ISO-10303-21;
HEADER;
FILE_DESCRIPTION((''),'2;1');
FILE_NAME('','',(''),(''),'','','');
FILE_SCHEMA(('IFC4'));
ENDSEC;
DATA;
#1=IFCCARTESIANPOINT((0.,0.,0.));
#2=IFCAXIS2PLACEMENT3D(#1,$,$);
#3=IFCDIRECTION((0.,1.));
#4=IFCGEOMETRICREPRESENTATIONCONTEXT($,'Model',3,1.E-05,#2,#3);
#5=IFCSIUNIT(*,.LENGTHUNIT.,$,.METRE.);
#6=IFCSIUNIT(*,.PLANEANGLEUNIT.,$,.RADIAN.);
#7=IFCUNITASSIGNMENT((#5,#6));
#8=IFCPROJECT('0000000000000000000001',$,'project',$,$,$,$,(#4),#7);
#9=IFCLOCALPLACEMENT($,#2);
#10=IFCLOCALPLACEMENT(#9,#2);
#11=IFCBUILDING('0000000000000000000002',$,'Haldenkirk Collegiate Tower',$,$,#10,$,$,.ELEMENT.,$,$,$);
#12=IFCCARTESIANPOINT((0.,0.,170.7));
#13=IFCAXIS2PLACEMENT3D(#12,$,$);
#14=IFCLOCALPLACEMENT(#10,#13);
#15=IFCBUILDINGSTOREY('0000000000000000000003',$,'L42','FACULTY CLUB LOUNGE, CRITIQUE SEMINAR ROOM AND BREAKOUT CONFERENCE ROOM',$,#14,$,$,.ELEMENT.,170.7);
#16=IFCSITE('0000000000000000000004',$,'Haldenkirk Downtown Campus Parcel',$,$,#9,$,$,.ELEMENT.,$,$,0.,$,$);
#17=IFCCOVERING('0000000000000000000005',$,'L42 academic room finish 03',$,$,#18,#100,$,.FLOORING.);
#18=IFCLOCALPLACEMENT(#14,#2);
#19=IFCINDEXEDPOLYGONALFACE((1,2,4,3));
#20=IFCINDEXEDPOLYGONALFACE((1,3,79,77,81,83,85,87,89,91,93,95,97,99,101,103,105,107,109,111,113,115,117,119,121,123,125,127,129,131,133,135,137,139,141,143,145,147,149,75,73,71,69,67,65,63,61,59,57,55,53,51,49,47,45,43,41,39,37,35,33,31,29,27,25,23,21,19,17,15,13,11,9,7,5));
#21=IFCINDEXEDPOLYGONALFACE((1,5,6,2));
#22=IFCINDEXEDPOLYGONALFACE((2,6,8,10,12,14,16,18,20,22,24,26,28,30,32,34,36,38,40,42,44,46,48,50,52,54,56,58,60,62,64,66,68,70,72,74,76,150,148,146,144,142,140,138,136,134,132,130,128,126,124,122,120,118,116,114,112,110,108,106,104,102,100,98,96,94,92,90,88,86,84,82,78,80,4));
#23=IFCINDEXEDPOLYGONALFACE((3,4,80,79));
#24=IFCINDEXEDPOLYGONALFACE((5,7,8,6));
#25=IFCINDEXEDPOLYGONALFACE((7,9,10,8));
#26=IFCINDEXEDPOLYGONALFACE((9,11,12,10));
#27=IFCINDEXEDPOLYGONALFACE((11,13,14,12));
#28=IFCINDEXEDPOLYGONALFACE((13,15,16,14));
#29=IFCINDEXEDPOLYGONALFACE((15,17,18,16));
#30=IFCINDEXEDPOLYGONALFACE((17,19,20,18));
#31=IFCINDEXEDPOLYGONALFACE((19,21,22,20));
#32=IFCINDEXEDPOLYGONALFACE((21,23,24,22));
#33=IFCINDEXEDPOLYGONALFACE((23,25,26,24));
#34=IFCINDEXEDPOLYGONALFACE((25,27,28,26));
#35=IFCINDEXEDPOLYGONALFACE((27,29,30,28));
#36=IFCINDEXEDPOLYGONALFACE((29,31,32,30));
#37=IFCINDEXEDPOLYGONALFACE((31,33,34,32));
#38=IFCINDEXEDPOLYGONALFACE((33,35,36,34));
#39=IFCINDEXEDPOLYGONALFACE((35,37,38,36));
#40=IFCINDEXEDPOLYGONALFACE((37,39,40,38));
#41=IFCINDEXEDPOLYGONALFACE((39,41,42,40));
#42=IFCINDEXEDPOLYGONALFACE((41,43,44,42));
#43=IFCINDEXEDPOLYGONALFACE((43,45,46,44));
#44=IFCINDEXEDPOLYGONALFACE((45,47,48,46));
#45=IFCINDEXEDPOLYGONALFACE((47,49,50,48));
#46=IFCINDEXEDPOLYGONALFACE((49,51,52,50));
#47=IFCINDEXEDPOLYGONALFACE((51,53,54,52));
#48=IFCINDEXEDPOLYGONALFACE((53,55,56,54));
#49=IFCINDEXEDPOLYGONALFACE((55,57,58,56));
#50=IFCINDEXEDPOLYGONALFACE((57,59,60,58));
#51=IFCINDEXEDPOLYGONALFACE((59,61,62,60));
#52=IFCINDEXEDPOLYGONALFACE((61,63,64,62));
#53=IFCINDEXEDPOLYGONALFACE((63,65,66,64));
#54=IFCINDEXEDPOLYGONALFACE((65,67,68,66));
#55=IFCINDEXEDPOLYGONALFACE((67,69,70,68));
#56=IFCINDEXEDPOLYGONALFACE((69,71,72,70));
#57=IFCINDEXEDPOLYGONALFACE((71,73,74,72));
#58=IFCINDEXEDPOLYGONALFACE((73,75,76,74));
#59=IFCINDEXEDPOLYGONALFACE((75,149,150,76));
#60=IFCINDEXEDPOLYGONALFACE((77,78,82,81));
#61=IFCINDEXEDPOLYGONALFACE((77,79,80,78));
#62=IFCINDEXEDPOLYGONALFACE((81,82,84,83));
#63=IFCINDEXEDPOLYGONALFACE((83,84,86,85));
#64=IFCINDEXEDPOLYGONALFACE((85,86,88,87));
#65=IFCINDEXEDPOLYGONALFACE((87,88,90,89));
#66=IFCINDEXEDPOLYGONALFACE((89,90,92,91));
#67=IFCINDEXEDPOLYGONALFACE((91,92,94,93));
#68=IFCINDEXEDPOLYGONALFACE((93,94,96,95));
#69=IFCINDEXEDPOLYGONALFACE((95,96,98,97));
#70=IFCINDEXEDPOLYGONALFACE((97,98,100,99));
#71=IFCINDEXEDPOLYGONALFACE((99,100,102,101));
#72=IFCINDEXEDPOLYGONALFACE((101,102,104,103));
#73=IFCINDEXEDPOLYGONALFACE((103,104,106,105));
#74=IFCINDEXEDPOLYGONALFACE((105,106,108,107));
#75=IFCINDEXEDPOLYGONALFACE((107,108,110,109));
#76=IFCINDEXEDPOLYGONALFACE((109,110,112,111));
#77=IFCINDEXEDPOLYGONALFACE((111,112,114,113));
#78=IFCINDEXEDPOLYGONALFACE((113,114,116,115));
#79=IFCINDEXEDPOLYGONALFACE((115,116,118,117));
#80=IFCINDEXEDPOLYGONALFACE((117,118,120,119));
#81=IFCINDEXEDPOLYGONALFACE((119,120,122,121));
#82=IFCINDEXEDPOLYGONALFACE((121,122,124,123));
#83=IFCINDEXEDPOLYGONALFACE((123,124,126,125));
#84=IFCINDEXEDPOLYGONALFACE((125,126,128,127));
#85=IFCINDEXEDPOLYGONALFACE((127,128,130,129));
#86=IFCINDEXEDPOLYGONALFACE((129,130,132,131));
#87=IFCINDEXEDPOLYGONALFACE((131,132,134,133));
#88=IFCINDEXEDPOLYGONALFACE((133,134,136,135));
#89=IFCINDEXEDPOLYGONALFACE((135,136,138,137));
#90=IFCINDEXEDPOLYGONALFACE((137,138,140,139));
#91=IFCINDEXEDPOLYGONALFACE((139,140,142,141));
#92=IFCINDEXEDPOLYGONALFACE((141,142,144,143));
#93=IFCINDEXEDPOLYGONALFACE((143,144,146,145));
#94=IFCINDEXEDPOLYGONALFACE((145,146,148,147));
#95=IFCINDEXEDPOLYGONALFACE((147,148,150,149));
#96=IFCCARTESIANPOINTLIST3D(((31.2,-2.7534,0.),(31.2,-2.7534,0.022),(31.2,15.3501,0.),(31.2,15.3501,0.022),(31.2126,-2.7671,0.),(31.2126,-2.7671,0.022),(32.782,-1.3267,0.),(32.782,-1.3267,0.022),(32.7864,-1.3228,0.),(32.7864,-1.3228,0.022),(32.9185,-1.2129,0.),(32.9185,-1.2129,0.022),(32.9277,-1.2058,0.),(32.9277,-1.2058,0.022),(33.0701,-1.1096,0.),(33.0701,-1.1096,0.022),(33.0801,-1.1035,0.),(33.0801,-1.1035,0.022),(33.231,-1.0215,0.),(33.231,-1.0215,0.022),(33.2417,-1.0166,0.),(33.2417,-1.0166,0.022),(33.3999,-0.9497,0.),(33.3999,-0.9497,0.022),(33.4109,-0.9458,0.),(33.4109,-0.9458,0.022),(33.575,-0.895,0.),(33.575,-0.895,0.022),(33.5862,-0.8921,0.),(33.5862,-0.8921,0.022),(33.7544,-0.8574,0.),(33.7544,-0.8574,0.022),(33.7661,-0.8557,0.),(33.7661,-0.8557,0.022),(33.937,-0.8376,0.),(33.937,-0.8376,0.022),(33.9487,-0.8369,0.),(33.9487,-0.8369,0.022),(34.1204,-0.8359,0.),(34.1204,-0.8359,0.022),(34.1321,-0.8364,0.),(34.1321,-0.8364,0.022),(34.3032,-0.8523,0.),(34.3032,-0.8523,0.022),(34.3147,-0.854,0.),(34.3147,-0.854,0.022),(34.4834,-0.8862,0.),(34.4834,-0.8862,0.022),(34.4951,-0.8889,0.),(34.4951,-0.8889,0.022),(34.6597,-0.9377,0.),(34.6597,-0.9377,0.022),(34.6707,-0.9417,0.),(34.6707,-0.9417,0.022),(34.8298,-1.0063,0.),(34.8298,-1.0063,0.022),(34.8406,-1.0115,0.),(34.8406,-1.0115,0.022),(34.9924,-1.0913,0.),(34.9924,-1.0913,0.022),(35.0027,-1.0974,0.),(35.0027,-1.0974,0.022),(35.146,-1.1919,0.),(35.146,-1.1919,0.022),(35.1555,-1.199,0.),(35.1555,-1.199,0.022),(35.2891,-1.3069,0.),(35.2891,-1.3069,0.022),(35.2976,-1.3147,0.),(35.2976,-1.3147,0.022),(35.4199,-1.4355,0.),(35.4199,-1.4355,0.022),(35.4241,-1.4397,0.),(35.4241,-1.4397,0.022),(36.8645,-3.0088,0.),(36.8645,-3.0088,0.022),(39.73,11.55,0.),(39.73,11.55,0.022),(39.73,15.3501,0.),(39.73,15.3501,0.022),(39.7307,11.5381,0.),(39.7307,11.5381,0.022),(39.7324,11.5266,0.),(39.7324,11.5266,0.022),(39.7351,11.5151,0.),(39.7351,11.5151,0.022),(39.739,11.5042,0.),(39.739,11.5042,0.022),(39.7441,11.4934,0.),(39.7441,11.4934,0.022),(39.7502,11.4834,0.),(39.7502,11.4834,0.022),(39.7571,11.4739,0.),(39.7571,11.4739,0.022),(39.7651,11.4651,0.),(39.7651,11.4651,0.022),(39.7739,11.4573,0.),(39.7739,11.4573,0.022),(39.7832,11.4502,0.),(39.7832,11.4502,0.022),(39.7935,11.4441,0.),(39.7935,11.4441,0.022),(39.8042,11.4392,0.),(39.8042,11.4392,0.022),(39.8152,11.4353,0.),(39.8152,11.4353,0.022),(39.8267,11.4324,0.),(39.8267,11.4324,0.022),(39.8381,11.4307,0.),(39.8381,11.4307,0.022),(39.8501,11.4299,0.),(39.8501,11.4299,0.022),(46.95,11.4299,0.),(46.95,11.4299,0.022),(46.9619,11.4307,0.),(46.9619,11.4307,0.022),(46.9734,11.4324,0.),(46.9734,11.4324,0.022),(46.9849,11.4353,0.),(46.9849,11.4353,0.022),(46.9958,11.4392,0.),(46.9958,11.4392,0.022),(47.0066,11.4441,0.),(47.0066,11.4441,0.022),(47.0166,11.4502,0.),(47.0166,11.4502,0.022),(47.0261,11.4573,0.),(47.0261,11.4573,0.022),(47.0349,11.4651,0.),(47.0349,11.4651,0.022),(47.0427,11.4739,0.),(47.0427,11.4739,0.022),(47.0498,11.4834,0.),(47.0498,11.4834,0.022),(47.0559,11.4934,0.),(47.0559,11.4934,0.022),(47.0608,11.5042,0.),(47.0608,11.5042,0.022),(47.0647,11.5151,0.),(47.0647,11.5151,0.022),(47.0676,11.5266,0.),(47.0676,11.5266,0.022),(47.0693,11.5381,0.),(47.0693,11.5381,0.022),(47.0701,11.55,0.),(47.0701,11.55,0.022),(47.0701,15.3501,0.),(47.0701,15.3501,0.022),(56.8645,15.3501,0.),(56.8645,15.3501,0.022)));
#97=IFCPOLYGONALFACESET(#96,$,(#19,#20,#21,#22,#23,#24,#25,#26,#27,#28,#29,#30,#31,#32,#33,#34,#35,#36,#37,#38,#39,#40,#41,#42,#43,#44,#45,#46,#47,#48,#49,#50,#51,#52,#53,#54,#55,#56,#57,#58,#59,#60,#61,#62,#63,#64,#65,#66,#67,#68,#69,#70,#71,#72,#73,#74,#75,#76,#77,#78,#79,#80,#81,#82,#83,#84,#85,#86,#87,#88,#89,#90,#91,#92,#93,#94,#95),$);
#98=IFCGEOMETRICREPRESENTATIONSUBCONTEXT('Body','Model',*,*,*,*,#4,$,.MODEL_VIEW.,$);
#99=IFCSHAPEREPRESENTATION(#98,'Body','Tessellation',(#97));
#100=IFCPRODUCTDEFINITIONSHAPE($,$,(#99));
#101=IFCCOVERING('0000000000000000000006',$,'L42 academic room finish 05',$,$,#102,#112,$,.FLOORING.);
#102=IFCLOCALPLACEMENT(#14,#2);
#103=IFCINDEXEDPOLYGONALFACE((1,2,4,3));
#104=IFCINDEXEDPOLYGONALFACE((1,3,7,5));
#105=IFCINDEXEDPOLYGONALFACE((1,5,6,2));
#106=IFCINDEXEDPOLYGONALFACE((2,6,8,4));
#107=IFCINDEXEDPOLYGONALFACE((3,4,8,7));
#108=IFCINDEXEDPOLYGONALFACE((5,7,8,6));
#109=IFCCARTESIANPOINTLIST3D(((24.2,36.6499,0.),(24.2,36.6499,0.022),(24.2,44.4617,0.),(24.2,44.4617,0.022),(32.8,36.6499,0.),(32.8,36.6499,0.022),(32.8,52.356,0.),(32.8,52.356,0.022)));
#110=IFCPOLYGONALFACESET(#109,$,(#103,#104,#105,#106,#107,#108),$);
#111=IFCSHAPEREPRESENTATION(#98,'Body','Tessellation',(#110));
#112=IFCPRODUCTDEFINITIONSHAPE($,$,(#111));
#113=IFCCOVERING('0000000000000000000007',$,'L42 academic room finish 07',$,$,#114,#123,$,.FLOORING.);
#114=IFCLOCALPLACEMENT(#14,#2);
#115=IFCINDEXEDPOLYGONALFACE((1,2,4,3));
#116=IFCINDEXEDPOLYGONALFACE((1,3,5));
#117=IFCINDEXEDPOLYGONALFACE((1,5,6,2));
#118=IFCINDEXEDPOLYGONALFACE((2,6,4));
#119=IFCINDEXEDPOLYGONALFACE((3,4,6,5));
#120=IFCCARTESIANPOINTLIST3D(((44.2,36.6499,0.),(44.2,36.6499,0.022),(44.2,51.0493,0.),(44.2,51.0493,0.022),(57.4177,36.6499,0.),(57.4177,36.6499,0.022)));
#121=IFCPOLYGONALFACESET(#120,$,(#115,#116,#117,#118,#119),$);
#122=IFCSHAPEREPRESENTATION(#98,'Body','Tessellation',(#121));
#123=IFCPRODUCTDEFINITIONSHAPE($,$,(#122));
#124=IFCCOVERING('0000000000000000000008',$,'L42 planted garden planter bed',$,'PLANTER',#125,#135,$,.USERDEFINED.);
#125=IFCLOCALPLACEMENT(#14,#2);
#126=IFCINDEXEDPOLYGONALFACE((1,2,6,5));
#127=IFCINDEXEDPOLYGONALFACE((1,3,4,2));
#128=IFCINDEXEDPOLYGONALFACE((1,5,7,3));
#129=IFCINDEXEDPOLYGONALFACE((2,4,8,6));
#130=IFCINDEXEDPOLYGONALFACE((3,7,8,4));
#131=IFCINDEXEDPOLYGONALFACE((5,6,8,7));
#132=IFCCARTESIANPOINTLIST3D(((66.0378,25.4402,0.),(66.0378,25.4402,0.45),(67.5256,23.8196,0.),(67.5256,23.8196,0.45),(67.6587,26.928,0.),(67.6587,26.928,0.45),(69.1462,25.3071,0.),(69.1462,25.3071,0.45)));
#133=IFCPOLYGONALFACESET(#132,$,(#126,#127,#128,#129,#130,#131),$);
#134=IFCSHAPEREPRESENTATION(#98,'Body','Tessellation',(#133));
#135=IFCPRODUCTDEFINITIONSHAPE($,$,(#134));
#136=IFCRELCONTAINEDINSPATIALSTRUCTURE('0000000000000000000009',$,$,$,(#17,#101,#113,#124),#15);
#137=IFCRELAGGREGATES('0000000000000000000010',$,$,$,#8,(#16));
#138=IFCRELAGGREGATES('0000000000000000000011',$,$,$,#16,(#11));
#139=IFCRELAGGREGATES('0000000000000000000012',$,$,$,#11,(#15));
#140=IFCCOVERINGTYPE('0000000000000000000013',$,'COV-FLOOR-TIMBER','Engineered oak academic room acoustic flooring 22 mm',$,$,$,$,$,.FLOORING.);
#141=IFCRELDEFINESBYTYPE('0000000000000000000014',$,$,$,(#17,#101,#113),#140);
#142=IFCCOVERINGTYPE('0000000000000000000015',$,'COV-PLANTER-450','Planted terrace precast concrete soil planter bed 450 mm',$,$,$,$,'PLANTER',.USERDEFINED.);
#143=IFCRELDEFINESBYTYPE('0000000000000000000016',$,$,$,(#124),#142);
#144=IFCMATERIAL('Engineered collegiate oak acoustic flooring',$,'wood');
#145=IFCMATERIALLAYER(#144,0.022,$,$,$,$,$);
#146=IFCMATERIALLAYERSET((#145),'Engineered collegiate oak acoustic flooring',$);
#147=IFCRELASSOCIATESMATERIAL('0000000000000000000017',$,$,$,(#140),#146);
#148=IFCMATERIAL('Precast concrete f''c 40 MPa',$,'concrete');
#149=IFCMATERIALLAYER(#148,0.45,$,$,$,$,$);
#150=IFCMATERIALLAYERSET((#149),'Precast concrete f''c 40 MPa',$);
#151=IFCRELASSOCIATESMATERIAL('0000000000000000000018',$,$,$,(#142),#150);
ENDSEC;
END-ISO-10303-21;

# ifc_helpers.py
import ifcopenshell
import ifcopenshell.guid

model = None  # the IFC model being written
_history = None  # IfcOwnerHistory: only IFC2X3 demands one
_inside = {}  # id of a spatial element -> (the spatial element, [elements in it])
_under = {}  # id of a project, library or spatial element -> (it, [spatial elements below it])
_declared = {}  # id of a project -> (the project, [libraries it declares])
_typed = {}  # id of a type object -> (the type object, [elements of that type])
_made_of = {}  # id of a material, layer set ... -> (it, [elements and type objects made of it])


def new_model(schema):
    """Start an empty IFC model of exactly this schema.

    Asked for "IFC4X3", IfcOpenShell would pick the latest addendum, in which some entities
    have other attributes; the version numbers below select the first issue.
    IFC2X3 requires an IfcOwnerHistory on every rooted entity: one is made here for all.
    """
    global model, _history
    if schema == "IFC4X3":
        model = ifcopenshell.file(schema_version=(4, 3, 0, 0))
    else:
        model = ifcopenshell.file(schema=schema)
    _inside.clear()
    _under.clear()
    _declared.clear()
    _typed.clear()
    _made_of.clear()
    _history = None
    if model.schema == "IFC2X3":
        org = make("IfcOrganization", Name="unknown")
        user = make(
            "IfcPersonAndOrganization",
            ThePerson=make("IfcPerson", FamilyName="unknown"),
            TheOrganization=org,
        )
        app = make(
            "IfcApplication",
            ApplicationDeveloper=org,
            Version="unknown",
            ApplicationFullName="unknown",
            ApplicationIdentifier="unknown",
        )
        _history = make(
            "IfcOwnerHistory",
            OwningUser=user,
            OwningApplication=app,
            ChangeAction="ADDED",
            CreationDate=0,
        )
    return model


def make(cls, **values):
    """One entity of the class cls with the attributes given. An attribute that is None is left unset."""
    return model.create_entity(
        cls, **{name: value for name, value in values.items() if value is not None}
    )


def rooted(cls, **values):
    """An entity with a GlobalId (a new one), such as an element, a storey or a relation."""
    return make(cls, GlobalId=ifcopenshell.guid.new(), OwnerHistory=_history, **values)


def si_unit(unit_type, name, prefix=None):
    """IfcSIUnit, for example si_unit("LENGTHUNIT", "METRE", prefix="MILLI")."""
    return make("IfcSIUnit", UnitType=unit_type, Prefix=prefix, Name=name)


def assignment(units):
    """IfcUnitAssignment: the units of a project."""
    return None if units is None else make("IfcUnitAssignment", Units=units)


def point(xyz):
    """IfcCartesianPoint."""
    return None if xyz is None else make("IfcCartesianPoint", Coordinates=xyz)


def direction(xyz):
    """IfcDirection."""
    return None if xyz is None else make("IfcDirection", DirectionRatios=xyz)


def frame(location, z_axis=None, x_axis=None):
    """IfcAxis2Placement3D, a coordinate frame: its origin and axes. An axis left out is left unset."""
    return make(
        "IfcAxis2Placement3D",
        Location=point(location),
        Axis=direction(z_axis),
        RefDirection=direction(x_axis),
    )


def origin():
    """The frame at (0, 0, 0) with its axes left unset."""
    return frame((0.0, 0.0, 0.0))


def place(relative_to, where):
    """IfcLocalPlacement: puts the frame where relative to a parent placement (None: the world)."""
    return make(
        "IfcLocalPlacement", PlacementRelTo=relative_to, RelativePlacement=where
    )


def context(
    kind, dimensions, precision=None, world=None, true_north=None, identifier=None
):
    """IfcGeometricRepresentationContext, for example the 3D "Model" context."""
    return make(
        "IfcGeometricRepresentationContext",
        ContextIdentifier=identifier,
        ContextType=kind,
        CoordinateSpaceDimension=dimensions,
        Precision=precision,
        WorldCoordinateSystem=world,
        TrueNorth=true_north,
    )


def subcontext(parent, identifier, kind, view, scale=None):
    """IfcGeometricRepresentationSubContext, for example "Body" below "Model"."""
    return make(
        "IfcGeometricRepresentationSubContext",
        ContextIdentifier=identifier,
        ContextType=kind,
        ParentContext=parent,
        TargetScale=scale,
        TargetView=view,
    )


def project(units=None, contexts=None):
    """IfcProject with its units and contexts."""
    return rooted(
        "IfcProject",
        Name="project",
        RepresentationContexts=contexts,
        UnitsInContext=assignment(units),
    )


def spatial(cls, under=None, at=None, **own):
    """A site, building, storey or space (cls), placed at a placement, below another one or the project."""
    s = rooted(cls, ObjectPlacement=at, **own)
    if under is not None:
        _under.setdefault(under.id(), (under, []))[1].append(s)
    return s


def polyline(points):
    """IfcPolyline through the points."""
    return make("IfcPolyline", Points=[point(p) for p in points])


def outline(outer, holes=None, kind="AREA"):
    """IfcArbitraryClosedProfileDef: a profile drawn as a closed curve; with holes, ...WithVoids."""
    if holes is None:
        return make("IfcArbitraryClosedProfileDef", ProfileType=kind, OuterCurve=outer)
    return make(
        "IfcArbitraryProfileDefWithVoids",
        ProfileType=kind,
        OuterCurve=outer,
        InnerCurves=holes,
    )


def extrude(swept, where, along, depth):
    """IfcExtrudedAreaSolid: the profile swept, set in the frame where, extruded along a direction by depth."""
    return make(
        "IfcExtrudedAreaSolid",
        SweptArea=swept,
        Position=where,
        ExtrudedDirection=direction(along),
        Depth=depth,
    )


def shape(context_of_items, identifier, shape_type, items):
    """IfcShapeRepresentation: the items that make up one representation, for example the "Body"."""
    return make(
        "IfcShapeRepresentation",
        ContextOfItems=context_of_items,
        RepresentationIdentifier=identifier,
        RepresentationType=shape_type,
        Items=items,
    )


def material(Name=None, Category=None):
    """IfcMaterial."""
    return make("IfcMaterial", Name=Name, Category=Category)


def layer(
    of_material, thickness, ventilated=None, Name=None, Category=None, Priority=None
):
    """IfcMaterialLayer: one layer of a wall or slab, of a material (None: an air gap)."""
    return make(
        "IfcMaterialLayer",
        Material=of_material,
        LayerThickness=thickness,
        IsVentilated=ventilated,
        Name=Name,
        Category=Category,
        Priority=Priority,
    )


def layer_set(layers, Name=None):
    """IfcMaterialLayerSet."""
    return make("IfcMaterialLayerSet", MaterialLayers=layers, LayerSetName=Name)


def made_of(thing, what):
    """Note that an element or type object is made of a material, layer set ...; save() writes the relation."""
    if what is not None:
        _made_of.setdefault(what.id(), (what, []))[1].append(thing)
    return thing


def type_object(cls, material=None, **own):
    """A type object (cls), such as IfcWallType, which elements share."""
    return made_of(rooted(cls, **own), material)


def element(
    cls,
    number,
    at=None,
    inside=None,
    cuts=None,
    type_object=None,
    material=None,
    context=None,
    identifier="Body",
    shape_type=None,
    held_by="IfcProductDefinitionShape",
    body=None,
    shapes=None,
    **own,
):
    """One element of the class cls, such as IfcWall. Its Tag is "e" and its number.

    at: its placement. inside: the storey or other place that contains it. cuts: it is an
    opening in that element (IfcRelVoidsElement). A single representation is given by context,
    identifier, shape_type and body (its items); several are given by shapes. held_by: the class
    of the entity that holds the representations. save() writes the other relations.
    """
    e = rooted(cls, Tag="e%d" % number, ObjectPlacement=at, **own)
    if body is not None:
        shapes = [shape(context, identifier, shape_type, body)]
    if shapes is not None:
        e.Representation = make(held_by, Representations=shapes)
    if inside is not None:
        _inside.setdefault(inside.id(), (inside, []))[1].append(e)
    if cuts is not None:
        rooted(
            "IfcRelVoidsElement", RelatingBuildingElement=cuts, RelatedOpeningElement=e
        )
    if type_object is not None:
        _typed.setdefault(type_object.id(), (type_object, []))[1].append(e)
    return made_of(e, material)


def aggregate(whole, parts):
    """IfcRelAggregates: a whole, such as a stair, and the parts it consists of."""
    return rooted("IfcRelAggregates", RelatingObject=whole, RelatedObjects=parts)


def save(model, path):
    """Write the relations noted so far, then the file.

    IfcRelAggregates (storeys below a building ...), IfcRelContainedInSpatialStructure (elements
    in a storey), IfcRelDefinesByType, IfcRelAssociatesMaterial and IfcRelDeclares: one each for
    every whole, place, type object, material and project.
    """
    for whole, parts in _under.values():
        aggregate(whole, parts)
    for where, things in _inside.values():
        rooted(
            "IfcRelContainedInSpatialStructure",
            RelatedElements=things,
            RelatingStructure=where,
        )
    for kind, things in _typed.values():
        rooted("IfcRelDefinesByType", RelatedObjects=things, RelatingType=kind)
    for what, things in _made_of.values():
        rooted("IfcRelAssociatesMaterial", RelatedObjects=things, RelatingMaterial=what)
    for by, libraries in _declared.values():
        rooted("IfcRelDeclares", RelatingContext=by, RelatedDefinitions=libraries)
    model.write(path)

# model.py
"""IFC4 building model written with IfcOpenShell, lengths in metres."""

from ifc_helpers import new_model, si_unit, direction, frame, origin, place, context, subcontext, project, spatial, polyline, outline, extrude, material, layer, layer_set, type_object, element, save


model = new_model("IFC4")

# Units and contexts
model_context = context("Model", 3, precision=1e-05, world=origin(), true_north=direction((0.0, 1.0)))
body_context = subcontext(model_context, "Body", "Model", "MODEL_VIEW")
ifc_project = project(units=[si_unit("LENGTHUNIT", "METRE"), si_unit("PLANEANGLEUNIT", "RADIAN")], contexts=[model_context])

# Site, building, storey
site_placement = place(None, origin())
site = spatial("IfcSite", under=ifc_project, at=site_placement, Name="Haldenkirk Downtown Campus Parcel", CompositionType="ELEMENT", RefElevation=0.0)
building_placement = place(site_placement, origin())
building = spatial("IfcBuilding", under=site, at=building_placement, Name="Haldenkirk Collegiate Tower", CompositionType="ELEMENT")
storey_placement = place(building_placement, frame((0.0, 0.0, 170.7)))
storey = spatial("IfcBuildingStorey", under=building, at=storey_placement, Name="L42", Description="FACULTY CLUB LOUNGE, CRITIQUE SEMINAR ROOM AND BREAKOUT CONFERENCE ROOM", CompositionType="ELEMENT", Elevation=170.7)

# Coverings
ifc_material_1 = material(Name="Engineered collegiate oak acoustic flooring", Category="wood")
ifc_layer_1 = layer(ifc_material_1, 0.022)
ifc_layer_set_1 = layer_set([ifc_layer_1], Name="Engineered collegiate oak acoustic flooring")
covering_type_1 = type_object("IfcCoveringType", Name="COV-FLOOR-TIMBER", Description="Engineered oak academic room acoustic flooring 22 mm", PredefinedType="FLOORING", material=ifc_layer_set_1)
covering_1_placement = place(storey_placement, origin())
element("IfcCovering", 1, at=covering_1_placement, inside=storey, type_object=covering_type_1, Name="L42 academic room finish 03", PredefinedType="FLOORING", context=body_context, shape_type="SweptSolid", body=[
    extrude(outline(polyline([(34.8406, -1.0115), (34.8298, -1.0063), (34.6707, -0.9417), (34.6597, -0.9377), (34.4951, -0.8889), (34.4834, -0.8862), (34.3147, -0.854), (34.3032, -0.8523), (34.1321, -0.8364), (34.1204, -0.8359), (33.9487, -0.8369), (33.937, -0.8376), (33.7661, -0.8557), (33.7544, -0.8574), (33.5862, -0.8921), (33.575, -0.895), (33.4109, -0.9458), (33.3999, -0.9497), (33.2417, -1.0166), (33.231, -1.0215), (33.0801, -1.1035), (33.0701, -1.1096), (32.9277, -1.2058), (32.9185, -1.2129), (32.7864, -1.3228), (32.782, -1.3267), (31.2126, -2.7671), (31.2, -2.7534), (31.2, 15.3501), (39.73, 15.3501), (39.73, 11.55), (39.7307, 11.5381), (39.7324, 11.5266), (39.7351, 11.5151), (39.739, 11.5042), (39.7441, 11.4934), (39.7502, 11.4834), (39.7571, 11.4739), (39.7651, 11.4651), (39.7739, 11.4573), (39.7832, 11.4502), (39.7935, 11.4441), (39.8042, 11.4392), (39.8152, 11.4353), (39.8267, 11.4324), (39.8381, 11.4307), (39.8501, 11.4299), (46.95, 11.4299), (46.9619, 11.4307), (46.9734, 11.4324), (46.9849, 11.4353), (46.9958, 11.4392), (47.0066, 11.4441), (47.0166, 11.4502), (47.0261, 11.4573), (47.0349, 11.4651), (47.0427, 11.4739), (47.0498, 11.4834), (47.0559, 11.4934), (47.0608, 11.5042), (47.0647, 11.5151), (47.0676, 11.5266), (47.0693, 11.5381), (47.0701, 11.55), (47.0701, 15.3501), (56.8645, 15.3501), (36.8645, -3.0088), (35.4241, -1.4397), (35.4199, -1.4355), (35.2976, -1.3147), (35.2891, -1.3069), (35.1555, -1.199), (35.146, -1.1919), (35.0027, -1.0974), (34.9924, -1.0913), (34.8406, -1.0115)])), origin(), (0.0, 0.0, 1.0), 0.022),
])
covering_2_placement = place(storey_placement, origin())
element("IfcCovering", 2, at=covering_2_placement, inside=storey, type_object=covering_type_1, Name="L42 academic room finish 05", PredefinedType="FLOORING", context=body_context, shape_type="SweptSolid", body=[
    extrude(outline(polyline([(32.8, 52.356), (32.8, 36.6499), (24.2, 36.6499), (24.2, 44.4617), (32.8, 52.356)])), origin(), (0.0, 0.0, 1.0), 0.022),
])
covering_3_placement = place(storey_placement, origin())
element("IfcCovering", 3, at=covering_3_placement, inside=storey, type_object=covering_type_1, Name="L42 academic room finish 07", PredefinedType="FLOORING", context=body_context, shape_type="SweptSolid", body=[
    extrude(outline(polyline([(57.4177, 36.6499), (44.2, 36.6499), (44.2, 51.0493), (57.4177, 36.6499)])), origin(), (0.0, 0.0, 1.0), 0.022),
])
ifc_material_2 = material(Name="Precast concrete f'c 40 MPa", Category="concrete")
ifc_layer_2 = layer(ifc_material_2, 0.45)
ifc_layer_set_2 = layer_set([ifc_layer_2], Name="Precast concrete f'c 40 MPa")
covering_type_2 = type_object("IfcCoveringType", Name="COV-PLANTER-450", Description="Planted terrace precast concrete soil planter bed 450 mm", ElementType="PLANTER", PredefinedType="USERDEFINED", material=ifc_layer_set_2)
covering_4_placement = place(storey_placement, origin())
element("IfcCovering", 4, at=covering_4_placement, inside=storey, type_object=covering_type_2, Name="L42 planted garden planter bed", ObjectType="PLANTER", PredefinedType="USERDEFINED", context=body_context, shape_type="SweptSolid", body=[
    extrude(outline(polyline([(67.5256, 23.8196), (66.0378, 25.4402), (67.6587, 26.928), (69.1462, 25.3071), (67.5256, 23.8196)])), origin(), (0.0, 0.0, 1.0), 0.45),
])

save(model, "model.ifc")
